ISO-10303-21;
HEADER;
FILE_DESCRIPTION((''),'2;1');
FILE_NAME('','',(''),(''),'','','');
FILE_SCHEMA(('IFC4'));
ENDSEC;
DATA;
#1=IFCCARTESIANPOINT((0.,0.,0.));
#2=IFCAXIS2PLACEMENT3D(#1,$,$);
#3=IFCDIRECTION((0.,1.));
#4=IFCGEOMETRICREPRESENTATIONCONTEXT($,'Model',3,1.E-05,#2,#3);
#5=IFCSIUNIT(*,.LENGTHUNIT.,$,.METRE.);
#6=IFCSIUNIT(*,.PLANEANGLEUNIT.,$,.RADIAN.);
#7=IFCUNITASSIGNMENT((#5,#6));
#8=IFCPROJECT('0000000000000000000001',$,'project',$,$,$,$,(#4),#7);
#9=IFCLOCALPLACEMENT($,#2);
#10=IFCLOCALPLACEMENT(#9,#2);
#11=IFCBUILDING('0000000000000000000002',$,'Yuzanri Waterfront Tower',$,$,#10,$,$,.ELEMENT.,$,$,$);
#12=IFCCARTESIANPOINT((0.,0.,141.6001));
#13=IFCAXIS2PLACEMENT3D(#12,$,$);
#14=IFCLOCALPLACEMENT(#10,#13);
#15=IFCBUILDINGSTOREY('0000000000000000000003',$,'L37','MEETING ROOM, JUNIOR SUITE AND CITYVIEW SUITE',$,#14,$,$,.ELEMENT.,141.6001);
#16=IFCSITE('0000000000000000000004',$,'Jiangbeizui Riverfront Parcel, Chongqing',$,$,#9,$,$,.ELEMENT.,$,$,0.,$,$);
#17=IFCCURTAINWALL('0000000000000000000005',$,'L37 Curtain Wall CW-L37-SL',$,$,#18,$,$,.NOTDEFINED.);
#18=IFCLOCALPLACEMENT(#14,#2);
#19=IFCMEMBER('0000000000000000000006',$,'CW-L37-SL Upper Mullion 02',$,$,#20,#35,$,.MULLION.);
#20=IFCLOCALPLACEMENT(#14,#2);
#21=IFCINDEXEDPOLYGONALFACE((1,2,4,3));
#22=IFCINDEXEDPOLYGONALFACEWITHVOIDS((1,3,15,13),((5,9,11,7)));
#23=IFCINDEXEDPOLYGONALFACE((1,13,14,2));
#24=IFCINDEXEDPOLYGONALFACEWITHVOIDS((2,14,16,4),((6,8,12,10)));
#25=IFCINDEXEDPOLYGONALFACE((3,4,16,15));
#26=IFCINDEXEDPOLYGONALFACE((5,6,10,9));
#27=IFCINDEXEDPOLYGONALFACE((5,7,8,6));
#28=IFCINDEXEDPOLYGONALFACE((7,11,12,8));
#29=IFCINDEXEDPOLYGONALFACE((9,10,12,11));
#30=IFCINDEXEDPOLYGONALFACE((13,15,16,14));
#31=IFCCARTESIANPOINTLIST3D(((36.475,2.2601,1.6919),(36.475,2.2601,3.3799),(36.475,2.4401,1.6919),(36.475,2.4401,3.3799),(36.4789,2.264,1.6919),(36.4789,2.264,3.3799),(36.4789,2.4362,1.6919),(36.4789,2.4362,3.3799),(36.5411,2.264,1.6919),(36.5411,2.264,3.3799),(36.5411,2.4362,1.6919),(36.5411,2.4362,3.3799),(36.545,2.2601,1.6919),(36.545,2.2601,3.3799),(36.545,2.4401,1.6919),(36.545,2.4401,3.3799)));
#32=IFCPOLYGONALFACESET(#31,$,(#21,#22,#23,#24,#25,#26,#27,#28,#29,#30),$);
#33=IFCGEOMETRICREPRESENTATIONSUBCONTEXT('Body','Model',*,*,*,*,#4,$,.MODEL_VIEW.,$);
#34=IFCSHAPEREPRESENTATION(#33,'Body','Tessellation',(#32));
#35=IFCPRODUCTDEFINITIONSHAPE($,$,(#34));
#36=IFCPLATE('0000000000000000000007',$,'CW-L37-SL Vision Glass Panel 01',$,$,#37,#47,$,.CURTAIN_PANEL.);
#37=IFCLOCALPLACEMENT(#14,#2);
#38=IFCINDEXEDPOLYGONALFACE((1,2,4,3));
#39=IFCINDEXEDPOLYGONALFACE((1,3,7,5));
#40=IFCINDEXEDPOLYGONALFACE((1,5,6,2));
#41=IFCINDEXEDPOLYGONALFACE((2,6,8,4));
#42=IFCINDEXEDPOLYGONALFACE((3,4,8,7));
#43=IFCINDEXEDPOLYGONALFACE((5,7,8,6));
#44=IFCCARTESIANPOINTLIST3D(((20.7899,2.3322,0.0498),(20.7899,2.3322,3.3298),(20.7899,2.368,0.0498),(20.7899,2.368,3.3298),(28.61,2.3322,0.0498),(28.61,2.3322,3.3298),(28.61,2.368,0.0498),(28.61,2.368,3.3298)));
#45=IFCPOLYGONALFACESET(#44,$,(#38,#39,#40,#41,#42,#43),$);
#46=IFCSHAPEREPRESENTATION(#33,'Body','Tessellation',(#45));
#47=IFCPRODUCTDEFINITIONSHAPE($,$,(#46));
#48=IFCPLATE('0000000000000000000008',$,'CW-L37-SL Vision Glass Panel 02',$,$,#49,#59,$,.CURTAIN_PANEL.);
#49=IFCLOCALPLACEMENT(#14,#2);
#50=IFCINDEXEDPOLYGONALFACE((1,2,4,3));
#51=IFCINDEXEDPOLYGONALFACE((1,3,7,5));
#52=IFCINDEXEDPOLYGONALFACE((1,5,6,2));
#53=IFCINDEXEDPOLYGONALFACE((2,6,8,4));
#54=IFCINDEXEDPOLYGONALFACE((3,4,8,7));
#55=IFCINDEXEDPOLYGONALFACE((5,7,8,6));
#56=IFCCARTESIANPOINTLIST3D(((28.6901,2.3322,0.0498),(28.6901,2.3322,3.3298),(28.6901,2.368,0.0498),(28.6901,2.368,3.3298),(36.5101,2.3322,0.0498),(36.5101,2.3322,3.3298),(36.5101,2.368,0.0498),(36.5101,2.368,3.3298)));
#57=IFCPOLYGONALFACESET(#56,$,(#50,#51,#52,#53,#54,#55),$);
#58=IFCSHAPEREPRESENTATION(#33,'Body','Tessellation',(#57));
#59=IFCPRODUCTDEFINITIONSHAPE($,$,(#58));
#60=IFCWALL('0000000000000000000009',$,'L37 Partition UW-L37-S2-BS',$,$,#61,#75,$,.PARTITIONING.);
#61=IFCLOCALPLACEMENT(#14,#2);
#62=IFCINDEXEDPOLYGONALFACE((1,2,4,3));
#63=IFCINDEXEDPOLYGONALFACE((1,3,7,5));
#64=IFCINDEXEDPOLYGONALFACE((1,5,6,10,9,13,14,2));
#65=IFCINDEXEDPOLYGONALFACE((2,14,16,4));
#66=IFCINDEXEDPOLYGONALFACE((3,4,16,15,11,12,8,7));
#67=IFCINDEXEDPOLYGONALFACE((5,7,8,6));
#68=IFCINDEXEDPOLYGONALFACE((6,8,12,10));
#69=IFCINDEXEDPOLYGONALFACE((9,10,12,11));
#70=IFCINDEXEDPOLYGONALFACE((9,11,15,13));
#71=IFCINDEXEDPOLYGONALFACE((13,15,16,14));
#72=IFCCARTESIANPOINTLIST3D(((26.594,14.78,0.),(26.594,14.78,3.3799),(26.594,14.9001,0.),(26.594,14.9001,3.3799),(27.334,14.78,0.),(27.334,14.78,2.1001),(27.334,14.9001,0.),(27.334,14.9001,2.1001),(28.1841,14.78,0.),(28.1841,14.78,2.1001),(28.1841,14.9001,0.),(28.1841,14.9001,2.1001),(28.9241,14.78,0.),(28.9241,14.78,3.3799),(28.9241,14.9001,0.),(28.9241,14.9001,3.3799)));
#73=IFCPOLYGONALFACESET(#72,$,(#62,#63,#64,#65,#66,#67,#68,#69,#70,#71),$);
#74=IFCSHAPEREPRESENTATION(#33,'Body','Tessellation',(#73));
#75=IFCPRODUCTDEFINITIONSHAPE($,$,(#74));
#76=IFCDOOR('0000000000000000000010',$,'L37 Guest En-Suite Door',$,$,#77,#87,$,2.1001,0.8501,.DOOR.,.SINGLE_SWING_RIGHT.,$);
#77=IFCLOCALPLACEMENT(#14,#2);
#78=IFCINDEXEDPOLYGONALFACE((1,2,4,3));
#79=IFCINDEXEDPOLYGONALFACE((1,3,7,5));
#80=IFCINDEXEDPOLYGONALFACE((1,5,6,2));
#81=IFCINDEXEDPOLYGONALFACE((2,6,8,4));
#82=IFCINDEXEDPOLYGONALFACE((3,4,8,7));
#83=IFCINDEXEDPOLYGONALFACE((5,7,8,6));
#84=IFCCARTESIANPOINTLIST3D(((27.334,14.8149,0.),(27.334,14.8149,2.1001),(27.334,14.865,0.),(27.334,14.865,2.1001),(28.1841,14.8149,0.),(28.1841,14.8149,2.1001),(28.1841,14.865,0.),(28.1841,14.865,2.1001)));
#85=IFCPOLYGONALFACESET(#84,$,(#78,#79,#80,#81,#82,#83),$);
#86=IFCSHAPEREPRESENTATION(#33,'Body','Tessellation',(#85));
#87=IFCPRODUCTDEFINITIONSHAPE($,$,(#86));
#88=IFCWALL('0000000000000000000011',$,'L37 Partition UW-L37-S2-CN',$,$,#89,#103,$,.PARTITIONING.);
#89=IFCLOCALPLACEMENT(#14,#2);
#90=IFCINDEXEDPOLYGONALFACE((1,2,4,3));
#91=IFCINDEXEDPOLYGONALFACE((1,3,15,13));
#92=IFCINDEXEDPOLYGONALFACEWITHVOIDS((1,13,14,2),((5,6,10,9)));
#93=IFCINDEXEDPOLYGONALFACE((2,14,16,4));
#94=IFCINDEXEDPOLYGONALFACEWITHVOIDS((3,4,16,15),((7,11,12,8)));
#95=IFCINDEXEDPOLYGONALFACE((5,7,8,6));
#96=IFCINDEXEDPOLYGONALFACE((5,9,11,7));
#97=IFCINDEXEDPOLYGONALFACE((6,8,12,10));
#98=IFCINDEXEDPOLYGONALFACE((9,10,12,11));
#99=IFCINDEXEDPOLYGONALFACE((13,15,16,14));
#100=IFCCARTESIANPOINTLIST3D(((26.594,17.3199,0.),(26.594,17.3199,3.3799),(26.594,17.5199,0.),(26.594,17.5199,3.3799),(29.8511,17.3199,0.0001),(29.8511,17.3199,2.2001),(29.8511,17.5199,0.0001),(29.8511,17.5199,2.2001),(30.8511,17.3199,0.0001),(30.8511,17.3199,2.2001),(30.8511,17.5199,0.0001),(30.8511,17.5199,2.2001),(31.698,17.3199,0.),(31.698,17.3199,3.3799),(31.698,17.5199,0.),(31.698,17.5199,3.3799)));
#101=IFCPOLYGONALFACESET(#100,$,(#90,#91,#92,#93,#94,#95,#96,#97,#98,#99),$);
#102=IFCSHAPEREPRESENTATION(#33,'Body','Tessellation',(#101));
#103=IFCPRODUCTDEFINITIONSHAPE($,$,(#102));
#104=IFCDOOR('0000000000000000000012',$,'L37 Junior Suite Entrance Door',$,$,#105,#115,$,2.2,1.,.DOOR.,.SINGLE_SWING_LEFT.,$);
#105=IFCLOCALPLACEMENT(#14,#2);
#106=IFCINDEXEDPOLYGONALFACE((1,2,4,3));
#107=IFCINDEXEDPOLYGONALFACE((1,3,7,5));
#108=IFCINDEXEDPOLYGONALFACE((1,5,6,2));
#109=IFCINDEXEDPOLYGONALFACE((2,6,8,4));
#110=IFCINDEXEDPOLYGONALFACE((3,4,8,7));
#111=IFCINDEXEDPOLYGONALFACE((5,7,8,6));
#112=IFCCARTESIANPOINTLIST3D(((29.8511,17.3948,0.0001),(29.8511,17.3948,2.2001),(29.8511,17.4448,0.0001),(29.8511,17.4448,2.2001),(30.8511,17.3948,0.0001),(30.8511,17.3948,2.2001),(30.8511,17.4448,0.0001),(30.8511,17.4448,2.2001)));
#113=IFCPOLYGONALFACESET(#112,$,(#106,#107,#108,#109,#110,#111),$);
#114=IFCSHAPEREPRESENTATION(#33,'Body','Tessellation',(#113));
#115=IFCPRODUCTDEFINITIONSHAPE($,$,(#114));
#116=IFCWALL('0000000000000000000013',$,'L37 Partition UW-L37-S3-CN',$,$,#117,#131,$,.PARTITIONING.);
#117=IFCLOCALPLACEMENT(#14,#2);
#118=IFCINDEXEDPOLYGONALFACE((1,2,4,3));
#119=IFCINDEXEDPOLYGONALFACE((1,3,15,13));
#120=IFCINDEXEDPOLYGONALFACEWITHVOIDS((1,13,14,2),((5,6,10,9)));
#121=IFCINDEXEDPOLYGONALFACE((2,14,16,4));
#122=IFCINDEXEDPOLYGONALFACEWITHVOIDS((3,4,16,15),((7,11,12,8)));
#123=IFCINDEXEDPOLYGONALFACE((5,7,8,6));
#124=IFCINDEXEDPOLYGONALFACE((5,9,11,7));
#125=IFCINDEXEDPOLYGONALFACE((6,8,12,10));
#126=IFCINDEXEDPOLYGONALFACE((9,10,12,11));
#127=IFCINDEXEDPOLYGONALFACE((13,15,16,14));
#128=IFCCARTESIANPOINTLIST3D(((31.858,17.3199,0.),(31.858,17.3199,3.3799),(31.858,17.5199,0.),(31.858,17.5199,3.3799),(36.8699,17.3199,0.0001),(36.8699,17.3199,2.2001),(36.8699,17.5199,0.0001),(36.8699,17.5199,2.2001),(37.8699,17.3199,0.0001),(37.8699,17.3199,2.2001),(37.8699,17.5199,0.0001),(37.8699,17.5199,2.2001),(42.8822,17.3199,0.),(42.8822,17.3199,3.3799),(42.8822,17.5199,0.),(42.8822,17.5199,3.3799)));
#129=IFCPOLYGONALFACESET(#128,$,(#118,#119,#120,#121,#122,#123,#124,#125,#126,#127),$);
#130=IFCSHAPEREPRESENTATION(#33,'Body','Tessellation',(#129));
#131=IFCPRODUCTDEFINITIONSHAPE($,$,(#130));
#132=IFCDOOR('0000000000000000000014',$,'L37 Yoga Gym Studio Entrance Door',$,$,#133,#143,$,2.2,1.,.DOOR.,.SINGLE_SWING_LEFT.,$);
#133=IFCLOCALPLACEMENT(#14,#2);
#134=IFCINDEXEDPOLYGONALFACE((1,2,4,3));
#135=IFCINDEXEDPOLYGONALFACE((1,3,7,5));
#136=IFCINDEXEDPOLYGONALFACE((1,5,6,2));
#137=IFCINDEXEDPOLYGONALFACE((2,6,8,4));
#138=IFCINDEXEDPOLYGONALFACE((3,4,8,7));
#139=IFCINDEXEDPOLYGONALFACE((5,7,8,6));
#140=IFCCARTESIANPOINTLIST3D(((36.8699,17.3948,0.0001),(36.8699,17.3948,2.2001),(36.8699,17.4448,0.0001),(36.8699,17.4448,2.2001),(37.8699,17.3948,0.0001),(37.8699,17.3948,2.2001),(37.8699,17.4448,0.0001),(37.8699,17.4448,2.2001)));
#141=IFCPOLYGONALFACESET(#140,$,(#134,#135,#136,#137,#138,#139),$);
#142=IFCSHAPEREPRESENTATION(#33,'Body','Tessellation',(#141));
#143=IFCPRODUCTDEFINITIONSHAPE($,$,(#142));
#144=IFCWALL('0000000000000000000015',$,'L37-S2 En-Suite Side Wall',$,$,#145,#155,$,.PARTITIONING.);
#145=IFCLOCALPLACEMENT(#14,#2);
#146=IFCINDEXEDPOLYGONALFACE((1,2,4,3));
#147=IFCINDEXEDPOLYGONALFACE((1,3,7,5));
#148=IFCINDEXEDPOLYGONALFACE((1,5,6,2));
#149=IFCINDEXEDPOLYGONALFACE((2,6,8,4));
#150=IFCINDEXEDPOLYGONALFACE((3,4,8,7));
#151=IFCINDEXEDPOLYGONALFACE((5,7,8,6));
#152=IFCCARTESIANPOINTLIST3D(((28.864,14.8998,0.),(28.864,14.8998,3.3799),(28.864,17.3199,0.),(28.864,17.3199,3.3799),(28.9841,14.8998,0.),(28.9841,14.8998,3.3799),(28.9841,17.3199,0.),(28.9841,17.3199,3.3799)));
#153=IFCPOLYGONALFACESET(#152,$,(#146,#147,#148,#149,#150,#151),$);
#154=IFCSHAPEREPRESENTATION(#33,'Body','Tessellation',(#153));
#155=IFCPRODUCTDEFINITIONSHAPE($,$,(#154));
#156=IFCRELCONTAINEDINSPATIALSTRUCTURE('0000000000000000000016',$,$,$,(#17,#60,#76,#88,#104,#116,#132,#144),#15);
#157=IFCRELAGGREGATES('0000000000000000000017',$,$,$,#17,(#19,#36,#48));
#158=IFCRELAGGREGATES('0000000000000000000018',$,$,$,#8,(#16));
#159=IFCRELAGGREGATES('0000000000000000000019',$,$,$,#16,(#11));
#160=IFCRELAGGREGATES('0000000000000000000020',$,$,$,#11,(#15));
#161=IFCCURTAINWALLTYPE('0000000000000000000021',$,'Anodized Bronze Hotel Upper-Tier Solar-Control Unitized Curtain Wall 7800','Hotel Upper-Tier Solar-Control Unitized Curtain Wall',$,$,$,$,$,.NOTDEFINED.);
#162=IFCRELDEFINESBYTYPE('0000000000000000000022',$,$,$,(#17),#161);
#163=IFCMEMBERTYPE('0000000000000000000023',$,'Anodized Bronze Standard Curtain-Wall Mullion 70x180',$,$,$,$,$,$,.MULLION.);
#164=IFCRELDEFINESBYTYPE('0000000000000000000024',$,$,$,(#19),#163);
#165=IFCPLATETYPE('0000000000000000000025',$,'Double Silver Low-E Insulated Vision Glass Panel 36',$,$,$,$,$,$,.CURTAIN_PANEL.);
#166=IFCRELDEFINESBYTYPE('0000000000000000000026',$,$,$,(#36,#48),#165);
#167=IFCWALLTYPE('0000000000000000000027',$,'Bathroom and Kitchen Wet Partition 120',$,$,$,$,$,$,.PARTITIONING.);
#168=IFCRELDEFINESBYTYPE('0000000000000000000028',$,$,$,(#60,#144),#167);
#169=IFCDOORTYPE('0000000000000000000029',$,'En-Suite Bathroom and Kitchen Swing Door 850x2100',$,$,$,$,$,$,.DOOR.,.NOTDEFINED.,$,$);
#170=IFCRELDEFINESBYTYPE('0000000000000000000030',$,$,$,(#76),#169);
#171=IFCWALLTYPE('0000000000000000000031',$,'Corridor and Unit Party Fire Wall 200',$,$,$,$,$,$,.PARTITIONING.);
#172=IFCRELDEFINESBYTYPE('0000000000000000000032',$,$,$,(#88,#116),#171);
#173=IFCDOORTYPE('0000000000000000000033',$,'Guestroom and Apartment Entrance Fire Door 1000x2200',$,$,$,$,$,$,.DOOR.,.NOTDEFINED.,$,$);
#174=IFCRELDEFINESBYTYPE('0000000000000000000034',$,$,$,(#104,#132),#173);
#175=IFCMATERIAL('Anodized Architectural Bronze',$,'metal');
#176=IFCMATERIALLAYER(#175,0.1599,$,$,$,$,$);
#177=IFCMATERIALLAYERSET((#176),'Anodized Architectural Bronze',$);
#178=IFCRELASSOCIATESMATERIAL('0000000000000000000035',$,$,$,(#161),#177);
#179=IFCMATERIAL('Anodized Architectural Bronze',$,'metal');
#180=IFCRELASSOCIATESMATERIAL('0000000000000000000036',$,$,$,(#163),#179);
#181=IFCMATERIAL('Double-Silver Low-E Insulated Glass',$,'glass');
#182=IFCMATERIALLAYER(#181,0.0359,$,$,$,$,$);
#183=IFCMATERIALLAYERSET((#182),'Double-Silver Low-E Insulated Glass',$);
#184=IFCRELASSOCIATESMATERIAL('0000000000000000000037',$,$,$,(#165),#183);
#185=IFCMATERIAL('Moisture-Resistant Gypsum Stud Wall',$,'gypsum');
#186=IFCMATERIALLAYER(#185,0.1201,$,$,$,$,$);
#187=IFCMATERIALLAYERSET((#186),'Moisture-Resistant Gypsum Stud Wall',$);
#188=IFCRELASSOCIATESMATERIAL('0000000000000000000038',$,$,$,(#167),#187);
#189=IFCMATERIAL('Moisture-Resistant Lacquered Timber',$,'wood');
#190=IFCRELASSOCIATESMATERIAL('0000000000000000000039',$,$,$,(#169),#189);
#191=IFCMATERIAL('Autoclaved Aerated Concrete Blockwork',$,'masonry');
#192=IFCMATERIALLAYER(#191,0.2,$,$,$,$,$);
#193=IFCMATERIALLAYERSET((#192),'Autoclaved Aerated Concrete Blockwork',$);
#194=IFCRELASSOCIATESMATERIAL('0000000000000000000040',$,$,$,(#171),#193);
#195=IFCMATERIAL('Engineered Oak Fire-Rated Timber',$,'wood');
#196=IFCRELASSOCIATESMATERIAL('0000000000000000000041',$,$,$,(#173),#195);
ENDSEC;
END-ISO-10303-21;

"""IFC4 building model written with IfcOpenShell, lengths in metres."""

from ifc_helpers import new_model, si_unit, direction, frame, frame_2d, origin, origin_2d, place, context, subcontext, project, spatial, rectangle, hollow_rectangle, extrude, source, transform, mapped, material, layer, layer_set, material_profile, profile_set, type_object, element, fill, aggregate, save


model = new_model("IFC4")

# Units and contexts
model_context = context("Model", 3, precision=1e-05, world=origin(), true_north=direction((0.0, 1.0)))
body_context = subcontext(model_context, "Body", "Model", "MODEL_VIEW")
ifc_project = project(units=[si_unit("LENGTHUNIT", "METRE"), si_unit("PLANEANGLEUNIT", "RADIAN")], contexts=[model_context])

# Site, building, storey
site_placement = place(None, origin())
site = spatial("IfcSite", under=ifc_project, at=site_placement, Name="Jiangbeizui Riverfront Parcel, Chongqing", CompositionType="ELEMENT", RefElevation=0.0)
building_placement = place(site_placement, origin())
building = spatial("IfcBuilding", under=site, at=building_placement, Name="Yuzanri Waterfront Tower", CompositionType="ELEMENT")
storey_placement = place(building_placement, frame((0.0, 0.0, 141.6001)))
storey = spatial("IfcBuildingStorey", under=building, at=storey_placement, Name="L37", Description="MEETING ROOM, JUNIOR SUITE AND CITYVIEW SUITE", CompositionType="ELEMENT", Elevation=141.6001)

# Curtain wall, member, plates
ifc_material_1 = material(Name="Anodized Architectural Bronze", Category="metal")
ifc_layer_1 = layer(ifc_material_1, 0.1599)
ifc_layer_set_1 = layer_set([ifc_layer_1], Name="Anodized Architectural Bronze")
curtain_wall_type = type_object("IfcCurtainWallType", Name="Anodized Bronze Hotel Upper-Tier Solar-Control Unitized Curtain Wall 7800", Description="Hotel Upper-Tier Solar-Control Unitized Curtain Wall", PredefinedType="NOTDEFINED", material=ifc_layer_set_1)
curtain_wall_placement = place(storey_placement, origin())
curtain_wall = element("IfcCurtainWall", 1, at=curtain_wall_placement, inside=storey, type_object=curtain_wall_type, Name="L37 Curtain Wall CW-L37-SL", PredefinedType="NOTDEFINED")
ifc_material_2 = material(Name="Anodized Architectural Bronze", Category="metal")
ifc_material_profile_1 = material_profile(ifc_material_2, hollow_rectangle(XDim=0.0701, YDim=0.1799, WallThickness=0.0039, at=origin_2d()), Name="CWM 70x180")
ifc_profile_set_1 = profile_set([ifc_material_profile_1], Name="Anodized Architectural Bronze")
member_type = type_object("IfcMemberType", Name="Anodized Bronze Standard Curtain-Wall Mullion 70x180", PredefinedType="MULLION", material=ifc_profile_set_1)
shared_shape_1 = source(origin(), body_context, "Body", "SweptSolid", [
    extrude(hollow_rectangle(XDim=0.0701, YDim=0.1799, WallThickness=0.0039, at=origin_2d()), origin(), (0.0, 0.0, 1.0), 1.688),
])
member_1_placement = place(storey_placement, frame((36.51, 2.3501, 1.6919), z_axis=(0.0, 0.0, 1.0), x_axis=(1.0, 0.0, 0.0)))
member_1 = element("IfcMember", 2, at=member_1_placement, type_object=member_type, Name="CW-L37-SL Upper Mullion 02", PredefinedType="MULLION", context=body_context, shape_type="MappedRepresentation", body=[
    mapped(shared_shape_1, transform((0.0, 0.0, 0.0), scale=1.0)),
])
ifc_material_3 = material(Name="Double-Silver Low-E Insulated Glass", Category="glass")
ifc_layer_2 = layer(ifc_material_3, 0.0359)
ifc_layer_set_2 = layer_set([ifc_layer_2], Name="Double-Silver Low-E Insulated Glass")
plate_type = type_object("IfcPlateType", Name="Double Silver Low-E Insulated Vision Glass Panel 36", PredefinedType="CURTAIN_PANEL", material=ifc_layer_set_2)
shared_shape_2 = source(origin(), body_context, "Body", "SweptSolid", [
    extrude(rectangle(XDim=7.8201, YDim=0.0359, at=origin_2d()), origin(), (0.0, 0.0, 1.0), 3.28),
])
plate_1_placement = place(storey_placement, frame((24.7, 2.3501, 0.0498), z_axis=(0.0, 0.0, 1.0), x_axis=(1.0, 0.0, 0.0)))
plate_1 = element("IfcPlate", 3, at=plate_1_placement, type_object=plate_type, Name="CW-L37-SL Vision Glass Panel 01", PredefinedType="CURTAIN_PANEL", context=body_context, shape_type="MappedRepresentation", body=[
    mapped(shared_shape_2, transform((0.0, 0.0, 0.0), scale=1.0)),
])
plate_2_placement = place(storey_placement, frame((32.6001, 2.3501, 0.0498), z_axis=(0.0, 0.0, 1.0), x_axis=(1.0, 0.0, 0.0)))
plate_2 = element("IfcPlate", 4, at=plate_2_placement, type_object=plate_type, Name="CW-L37-SL Vision Glass Panel 02", PredefinedType="CURTAIN_PANEL", context=body_context, shape_type="MappedRepresentation", body=[
    mapped(shared_shape_2, transform((0.0, 0.0, 0.0), scale=1.0)),
])
aggregate(curtain_wall, [member_1, plate_1, plate_2])

# Walls, openings, doors
ifc_material_4 = material(Name="Moisture-Resistant Gypsum Stud Wall", Category="gypsum")
ifc_layer_3 = layer(ifc_material_4, 0.1201)
ifc_layer_set_3 = layer_set([ifc_layer_3], Name="Moisture-Resistant Gypsum Stud Wall")
wall_type_1 = type_object("IfcWallType", Name="Bathroom and Kitchen Wet Partition 120", PredefinedType="PARTITIONING", material=ifc_layer_set_3)
wall_1_placement = place(storey_placement, frame((26.594, 14.8401, 0.0), z_axis=(0.0, 0.0, 1.0), x_axis=(1.0, 0.0, 0.0)))
wall_1 = element("IfcWall", 5, at=wall_1_placement, inside=storey, type_object=wall_type_1, Name="L37 Partition UW-L37-S2-BS", PredefinedType="PARTITIONING", context=body_context, shape_type="SweptSolid", body=[
    extrude(rectangle(XDim=2.3301, YDim=0.1201, at=frame_2d((1.165, 0.0))), origin(), (0.0, 0.0, 1.0), 3.3799),
])
opening_1_placement = place(wall_1_placement, frame((0.74, 0.0, 0.0)))
opening_1 = element("IfcOpeningElement", 6, at=opening_1_placement, cuts=wall_1, PredefinedType="OPENING", context=body_context, shape_type="SweptSolid", body=[
    extrude(rectangle(XDim=0.8501, YDim=2.1001, at=frame_2d((0.425, 1.05))), frame((0.0, 0.075, 0.0), z_axis=(0.0, -1.0, 0.0), x_axis=(1.0, 0.0, 0.0)), (0.0, 0.0, 1.0), 0.1499),
])
ifc_material_5 = material(Name="Moisture-Resistant Lacquered Timber", Category="wood")
door_type_1 = type_object("IfcDoorType", Name="En-Suite Bathroom and Kitchen Swing Door 850x2100", OperationType="NOTDEFINED", PredefinedType="DOOR", material=ifc_material_5)
shared_shape_3 = source(origin(), body_context, "Body", "SweptSolid", [
    extrude(rectangle(XDim=0.8501, YDim=2.1001, at=frame_2d((0.425, 1.05))), frame((0.0, 0.0249, 0.0), z_axis=(0.0, -1.0, 0.0), x_axis=(1.0, 0.0, 0.0)), (0.0, 0.0, 1.0), 0.05),
])
door_1_placement = place(opening_1_placement, origin())
door_1 = element("IfcDoor", 7, at=door_1_placement, inside=storey, type_object=door_type_1, Name="L37 Guest En-Suite Door", OperationType="SINGLE_SWING_RIGHT", OverallHeight=2.1001, OverallWidth=0.8501, PredefinedType="DOOR", context=body_context, shape_type="MappedRepresentation", body=[
    mapped(shared_shape_3, transform((0.0, 0.0, 0.0), scale=1.0)),
])
fill(opening_1, door_1)
ifc_material_6 = material(Name="Autoclaved Aerated Concrete Blockwork", Category="masonry")
ifc_layer_4 = layer(ifc_material_6, 0.2)
ifc_layer_set_4 = layer_set([ifc_layer_4], Name="Autoclaved Aerated Concrete Blockwork")
wall_type_2 = type_object("IfcWallType", Name="Corridor and Unit Party Fire Wall 200", PredefinedType="PARTITIONING", material=ifc_layer_set_4)
wall_2_placement = place(storey_placement, frame((26.594, 17.4199, 0.0), z_axis=(0.0, 0.0, 1.0), x_axis=(1.0, 0.0, 0.0)))
wall_2 = element("IfcWall", 8, at=wall_2_placement, inside=storey, type_object=wall_type_2, Name="L37 Partition UW-L37-S2-CN", PredefinedType="PARTITIONING", context=body_context, shape_type="SweptSolid", body=[
    extrude(rectangle(XDim=5.104, YDim=0.2, at=frame_2d((2.552, 0.0))), origin(), (0.0, 0.0, 1.0), 3.3799),
])
opening_2_placement = place(wall_2_placement, frame((3.2571, 0.0, 0.0)))
opening_2 = element("IfcOpeningElement", 9, at=opening_2_placement, cuts=wall_2, PredefinedType="OPENING", context=body_context, shape_type="SweptSolid", body=[
    extrude(rectangle(XDim=1.0, YDim=2.2, at=frame_2d((0.5, 1.1001))), frame((0.0, 0.1147, 0.0), z_axis=(0.0, -1.0, 0.0), x_axis=(1.0, 0.0, 0.0)), (0.0, 0.0, 1.0), 0.2297),
])
ifc_material_7 = material(Name="Engineered Oak Fire-Rated Timber", Category="wood")
door_type_2 = type_object("IfcDoorType", Name="Guestroom and Apartment Entrance Fire Door 1000x2200", OperationType="NOTDEFINED", PredefinedType="DOOR", material=ifc_material_7)
shared_shape_4 = source(origin(), body_context, "Body", "SweptSolid", [
    extrude(rectangle(XDim=1.0, YDim=2.2, at=frame_2d((0.5, 1.1001))), frame((0.0, 0.0249, 0.0), z_axis=(0.0, -1.0, 0.0), x_axis=(1.0, 0.0, 0.0)), (0.0, 0.0, 1.0), 0.05),
])
door_2_placement = place(opening_2_placement, origin())
door_2 = element("IfcDoor", 10, at=door_2_placement, inside=storey, type_object=door_type_2, Name="L37 Junior Suite Entrance Door", OperationType="SINGLE_SWING_LEFT", OverallHeight=2.2, OverallWidth=1.0, PredefinedType="DOOR", context=body_context, shape_type="MappedRepresentation", body=[
    mapped(shared_shape_4, transform((0.0, 0.0, 0.0), scale=1.0)),
])
fill(opening_2, door_2)
wall_3_placement = place(storey_placement, frame((31.8579, 17.4199, 0.0), z_axis=(0.0, 0.0, 1.0), x_axis=(1.0, 0.0, 0.0)))
wall_3 = element("IfcWall", 11, at=wall_3_placement, inside=storey, type_object=wall_type_2, Name="L37 Partition UW-L37-S3-CN", PredefinedType="PARTITIONING", context=body_context, shape_type="SweptSolid", body=[
    extrude(rectangle(XDim=11.0242, YDim=0.2, at=frame_2d((5.5122, 0.0))), origin(), (0.0, 0.0, 1.0), 3.3799),
])
opening_3_placement = place(wall_3_placement, frame((5.012, 0.0, 0.0)))
opening_3 = element("IfcOpeningElement", 12, at=opening_3_placement, cuts=wall_3, PredefinedType="OPENING", context=body_context, shape_type="SweptSolid", body=[
    extrude(rectangle(XDim=1.0, YDim=2.2, at=frame_2d((0.5, 1.1001))), frame((0.0, 0.1147, 0.0), z_axis=(0.0, -1.0, 0.0), x_axis=(1.0, 0.0, 0.0)), (0.0, 0.0, 1.0), 0.2297),
])
door_3_placement = place(opening_3_placement, origin())
door_3 = element("IfcDoor", 13, at=door_3_placement, inside=storey, type_object=door_type_2, Name="L37 Yoga Gym Studio Entrance Door", OperationType="SINGLE_SWING_LEFT", OverallHeight=2.2, OverallWidth=1.0, PredefinedType="DOOR", context=body_context, shape_type="MappedRepresentation", body=[
    mapped(shared_shape_4, transform((0.0, 0.0, 0.0), scale=1.0)),
])
fill(opening_3, door_3)

# Wall
shared_shape_5 = source(origin(), body_context, "Body", "SweptSolid", [
    extrude(rectangle(XDim=2.4202, YDim=0.1201, at=frame_2d((1.21, 0.0))), origin(), (0.0, 0.0, 1.0), 3.3799),
])
wall_4_placement = place(storey_placement, frame((28.9241, 14.8999, 0.0), z_axis=(0.0, 0.0, 1.0), x_axis=(0.0, 1.0, 0.0)))
element("IfcWall", 14, at=wall_4_placement, inside=storey, type_object=wall_type_1, Name="L37-S2 En-Suite Side Wall", PredefinedType="PARTITIONING", context=body_context, shape_type="MappedRepresentation", body=[
    mapped(shared_shape_5, transform((0.0, 0.0, 0.0), scale=1.0)),
])

save(model, "model.ifc")
